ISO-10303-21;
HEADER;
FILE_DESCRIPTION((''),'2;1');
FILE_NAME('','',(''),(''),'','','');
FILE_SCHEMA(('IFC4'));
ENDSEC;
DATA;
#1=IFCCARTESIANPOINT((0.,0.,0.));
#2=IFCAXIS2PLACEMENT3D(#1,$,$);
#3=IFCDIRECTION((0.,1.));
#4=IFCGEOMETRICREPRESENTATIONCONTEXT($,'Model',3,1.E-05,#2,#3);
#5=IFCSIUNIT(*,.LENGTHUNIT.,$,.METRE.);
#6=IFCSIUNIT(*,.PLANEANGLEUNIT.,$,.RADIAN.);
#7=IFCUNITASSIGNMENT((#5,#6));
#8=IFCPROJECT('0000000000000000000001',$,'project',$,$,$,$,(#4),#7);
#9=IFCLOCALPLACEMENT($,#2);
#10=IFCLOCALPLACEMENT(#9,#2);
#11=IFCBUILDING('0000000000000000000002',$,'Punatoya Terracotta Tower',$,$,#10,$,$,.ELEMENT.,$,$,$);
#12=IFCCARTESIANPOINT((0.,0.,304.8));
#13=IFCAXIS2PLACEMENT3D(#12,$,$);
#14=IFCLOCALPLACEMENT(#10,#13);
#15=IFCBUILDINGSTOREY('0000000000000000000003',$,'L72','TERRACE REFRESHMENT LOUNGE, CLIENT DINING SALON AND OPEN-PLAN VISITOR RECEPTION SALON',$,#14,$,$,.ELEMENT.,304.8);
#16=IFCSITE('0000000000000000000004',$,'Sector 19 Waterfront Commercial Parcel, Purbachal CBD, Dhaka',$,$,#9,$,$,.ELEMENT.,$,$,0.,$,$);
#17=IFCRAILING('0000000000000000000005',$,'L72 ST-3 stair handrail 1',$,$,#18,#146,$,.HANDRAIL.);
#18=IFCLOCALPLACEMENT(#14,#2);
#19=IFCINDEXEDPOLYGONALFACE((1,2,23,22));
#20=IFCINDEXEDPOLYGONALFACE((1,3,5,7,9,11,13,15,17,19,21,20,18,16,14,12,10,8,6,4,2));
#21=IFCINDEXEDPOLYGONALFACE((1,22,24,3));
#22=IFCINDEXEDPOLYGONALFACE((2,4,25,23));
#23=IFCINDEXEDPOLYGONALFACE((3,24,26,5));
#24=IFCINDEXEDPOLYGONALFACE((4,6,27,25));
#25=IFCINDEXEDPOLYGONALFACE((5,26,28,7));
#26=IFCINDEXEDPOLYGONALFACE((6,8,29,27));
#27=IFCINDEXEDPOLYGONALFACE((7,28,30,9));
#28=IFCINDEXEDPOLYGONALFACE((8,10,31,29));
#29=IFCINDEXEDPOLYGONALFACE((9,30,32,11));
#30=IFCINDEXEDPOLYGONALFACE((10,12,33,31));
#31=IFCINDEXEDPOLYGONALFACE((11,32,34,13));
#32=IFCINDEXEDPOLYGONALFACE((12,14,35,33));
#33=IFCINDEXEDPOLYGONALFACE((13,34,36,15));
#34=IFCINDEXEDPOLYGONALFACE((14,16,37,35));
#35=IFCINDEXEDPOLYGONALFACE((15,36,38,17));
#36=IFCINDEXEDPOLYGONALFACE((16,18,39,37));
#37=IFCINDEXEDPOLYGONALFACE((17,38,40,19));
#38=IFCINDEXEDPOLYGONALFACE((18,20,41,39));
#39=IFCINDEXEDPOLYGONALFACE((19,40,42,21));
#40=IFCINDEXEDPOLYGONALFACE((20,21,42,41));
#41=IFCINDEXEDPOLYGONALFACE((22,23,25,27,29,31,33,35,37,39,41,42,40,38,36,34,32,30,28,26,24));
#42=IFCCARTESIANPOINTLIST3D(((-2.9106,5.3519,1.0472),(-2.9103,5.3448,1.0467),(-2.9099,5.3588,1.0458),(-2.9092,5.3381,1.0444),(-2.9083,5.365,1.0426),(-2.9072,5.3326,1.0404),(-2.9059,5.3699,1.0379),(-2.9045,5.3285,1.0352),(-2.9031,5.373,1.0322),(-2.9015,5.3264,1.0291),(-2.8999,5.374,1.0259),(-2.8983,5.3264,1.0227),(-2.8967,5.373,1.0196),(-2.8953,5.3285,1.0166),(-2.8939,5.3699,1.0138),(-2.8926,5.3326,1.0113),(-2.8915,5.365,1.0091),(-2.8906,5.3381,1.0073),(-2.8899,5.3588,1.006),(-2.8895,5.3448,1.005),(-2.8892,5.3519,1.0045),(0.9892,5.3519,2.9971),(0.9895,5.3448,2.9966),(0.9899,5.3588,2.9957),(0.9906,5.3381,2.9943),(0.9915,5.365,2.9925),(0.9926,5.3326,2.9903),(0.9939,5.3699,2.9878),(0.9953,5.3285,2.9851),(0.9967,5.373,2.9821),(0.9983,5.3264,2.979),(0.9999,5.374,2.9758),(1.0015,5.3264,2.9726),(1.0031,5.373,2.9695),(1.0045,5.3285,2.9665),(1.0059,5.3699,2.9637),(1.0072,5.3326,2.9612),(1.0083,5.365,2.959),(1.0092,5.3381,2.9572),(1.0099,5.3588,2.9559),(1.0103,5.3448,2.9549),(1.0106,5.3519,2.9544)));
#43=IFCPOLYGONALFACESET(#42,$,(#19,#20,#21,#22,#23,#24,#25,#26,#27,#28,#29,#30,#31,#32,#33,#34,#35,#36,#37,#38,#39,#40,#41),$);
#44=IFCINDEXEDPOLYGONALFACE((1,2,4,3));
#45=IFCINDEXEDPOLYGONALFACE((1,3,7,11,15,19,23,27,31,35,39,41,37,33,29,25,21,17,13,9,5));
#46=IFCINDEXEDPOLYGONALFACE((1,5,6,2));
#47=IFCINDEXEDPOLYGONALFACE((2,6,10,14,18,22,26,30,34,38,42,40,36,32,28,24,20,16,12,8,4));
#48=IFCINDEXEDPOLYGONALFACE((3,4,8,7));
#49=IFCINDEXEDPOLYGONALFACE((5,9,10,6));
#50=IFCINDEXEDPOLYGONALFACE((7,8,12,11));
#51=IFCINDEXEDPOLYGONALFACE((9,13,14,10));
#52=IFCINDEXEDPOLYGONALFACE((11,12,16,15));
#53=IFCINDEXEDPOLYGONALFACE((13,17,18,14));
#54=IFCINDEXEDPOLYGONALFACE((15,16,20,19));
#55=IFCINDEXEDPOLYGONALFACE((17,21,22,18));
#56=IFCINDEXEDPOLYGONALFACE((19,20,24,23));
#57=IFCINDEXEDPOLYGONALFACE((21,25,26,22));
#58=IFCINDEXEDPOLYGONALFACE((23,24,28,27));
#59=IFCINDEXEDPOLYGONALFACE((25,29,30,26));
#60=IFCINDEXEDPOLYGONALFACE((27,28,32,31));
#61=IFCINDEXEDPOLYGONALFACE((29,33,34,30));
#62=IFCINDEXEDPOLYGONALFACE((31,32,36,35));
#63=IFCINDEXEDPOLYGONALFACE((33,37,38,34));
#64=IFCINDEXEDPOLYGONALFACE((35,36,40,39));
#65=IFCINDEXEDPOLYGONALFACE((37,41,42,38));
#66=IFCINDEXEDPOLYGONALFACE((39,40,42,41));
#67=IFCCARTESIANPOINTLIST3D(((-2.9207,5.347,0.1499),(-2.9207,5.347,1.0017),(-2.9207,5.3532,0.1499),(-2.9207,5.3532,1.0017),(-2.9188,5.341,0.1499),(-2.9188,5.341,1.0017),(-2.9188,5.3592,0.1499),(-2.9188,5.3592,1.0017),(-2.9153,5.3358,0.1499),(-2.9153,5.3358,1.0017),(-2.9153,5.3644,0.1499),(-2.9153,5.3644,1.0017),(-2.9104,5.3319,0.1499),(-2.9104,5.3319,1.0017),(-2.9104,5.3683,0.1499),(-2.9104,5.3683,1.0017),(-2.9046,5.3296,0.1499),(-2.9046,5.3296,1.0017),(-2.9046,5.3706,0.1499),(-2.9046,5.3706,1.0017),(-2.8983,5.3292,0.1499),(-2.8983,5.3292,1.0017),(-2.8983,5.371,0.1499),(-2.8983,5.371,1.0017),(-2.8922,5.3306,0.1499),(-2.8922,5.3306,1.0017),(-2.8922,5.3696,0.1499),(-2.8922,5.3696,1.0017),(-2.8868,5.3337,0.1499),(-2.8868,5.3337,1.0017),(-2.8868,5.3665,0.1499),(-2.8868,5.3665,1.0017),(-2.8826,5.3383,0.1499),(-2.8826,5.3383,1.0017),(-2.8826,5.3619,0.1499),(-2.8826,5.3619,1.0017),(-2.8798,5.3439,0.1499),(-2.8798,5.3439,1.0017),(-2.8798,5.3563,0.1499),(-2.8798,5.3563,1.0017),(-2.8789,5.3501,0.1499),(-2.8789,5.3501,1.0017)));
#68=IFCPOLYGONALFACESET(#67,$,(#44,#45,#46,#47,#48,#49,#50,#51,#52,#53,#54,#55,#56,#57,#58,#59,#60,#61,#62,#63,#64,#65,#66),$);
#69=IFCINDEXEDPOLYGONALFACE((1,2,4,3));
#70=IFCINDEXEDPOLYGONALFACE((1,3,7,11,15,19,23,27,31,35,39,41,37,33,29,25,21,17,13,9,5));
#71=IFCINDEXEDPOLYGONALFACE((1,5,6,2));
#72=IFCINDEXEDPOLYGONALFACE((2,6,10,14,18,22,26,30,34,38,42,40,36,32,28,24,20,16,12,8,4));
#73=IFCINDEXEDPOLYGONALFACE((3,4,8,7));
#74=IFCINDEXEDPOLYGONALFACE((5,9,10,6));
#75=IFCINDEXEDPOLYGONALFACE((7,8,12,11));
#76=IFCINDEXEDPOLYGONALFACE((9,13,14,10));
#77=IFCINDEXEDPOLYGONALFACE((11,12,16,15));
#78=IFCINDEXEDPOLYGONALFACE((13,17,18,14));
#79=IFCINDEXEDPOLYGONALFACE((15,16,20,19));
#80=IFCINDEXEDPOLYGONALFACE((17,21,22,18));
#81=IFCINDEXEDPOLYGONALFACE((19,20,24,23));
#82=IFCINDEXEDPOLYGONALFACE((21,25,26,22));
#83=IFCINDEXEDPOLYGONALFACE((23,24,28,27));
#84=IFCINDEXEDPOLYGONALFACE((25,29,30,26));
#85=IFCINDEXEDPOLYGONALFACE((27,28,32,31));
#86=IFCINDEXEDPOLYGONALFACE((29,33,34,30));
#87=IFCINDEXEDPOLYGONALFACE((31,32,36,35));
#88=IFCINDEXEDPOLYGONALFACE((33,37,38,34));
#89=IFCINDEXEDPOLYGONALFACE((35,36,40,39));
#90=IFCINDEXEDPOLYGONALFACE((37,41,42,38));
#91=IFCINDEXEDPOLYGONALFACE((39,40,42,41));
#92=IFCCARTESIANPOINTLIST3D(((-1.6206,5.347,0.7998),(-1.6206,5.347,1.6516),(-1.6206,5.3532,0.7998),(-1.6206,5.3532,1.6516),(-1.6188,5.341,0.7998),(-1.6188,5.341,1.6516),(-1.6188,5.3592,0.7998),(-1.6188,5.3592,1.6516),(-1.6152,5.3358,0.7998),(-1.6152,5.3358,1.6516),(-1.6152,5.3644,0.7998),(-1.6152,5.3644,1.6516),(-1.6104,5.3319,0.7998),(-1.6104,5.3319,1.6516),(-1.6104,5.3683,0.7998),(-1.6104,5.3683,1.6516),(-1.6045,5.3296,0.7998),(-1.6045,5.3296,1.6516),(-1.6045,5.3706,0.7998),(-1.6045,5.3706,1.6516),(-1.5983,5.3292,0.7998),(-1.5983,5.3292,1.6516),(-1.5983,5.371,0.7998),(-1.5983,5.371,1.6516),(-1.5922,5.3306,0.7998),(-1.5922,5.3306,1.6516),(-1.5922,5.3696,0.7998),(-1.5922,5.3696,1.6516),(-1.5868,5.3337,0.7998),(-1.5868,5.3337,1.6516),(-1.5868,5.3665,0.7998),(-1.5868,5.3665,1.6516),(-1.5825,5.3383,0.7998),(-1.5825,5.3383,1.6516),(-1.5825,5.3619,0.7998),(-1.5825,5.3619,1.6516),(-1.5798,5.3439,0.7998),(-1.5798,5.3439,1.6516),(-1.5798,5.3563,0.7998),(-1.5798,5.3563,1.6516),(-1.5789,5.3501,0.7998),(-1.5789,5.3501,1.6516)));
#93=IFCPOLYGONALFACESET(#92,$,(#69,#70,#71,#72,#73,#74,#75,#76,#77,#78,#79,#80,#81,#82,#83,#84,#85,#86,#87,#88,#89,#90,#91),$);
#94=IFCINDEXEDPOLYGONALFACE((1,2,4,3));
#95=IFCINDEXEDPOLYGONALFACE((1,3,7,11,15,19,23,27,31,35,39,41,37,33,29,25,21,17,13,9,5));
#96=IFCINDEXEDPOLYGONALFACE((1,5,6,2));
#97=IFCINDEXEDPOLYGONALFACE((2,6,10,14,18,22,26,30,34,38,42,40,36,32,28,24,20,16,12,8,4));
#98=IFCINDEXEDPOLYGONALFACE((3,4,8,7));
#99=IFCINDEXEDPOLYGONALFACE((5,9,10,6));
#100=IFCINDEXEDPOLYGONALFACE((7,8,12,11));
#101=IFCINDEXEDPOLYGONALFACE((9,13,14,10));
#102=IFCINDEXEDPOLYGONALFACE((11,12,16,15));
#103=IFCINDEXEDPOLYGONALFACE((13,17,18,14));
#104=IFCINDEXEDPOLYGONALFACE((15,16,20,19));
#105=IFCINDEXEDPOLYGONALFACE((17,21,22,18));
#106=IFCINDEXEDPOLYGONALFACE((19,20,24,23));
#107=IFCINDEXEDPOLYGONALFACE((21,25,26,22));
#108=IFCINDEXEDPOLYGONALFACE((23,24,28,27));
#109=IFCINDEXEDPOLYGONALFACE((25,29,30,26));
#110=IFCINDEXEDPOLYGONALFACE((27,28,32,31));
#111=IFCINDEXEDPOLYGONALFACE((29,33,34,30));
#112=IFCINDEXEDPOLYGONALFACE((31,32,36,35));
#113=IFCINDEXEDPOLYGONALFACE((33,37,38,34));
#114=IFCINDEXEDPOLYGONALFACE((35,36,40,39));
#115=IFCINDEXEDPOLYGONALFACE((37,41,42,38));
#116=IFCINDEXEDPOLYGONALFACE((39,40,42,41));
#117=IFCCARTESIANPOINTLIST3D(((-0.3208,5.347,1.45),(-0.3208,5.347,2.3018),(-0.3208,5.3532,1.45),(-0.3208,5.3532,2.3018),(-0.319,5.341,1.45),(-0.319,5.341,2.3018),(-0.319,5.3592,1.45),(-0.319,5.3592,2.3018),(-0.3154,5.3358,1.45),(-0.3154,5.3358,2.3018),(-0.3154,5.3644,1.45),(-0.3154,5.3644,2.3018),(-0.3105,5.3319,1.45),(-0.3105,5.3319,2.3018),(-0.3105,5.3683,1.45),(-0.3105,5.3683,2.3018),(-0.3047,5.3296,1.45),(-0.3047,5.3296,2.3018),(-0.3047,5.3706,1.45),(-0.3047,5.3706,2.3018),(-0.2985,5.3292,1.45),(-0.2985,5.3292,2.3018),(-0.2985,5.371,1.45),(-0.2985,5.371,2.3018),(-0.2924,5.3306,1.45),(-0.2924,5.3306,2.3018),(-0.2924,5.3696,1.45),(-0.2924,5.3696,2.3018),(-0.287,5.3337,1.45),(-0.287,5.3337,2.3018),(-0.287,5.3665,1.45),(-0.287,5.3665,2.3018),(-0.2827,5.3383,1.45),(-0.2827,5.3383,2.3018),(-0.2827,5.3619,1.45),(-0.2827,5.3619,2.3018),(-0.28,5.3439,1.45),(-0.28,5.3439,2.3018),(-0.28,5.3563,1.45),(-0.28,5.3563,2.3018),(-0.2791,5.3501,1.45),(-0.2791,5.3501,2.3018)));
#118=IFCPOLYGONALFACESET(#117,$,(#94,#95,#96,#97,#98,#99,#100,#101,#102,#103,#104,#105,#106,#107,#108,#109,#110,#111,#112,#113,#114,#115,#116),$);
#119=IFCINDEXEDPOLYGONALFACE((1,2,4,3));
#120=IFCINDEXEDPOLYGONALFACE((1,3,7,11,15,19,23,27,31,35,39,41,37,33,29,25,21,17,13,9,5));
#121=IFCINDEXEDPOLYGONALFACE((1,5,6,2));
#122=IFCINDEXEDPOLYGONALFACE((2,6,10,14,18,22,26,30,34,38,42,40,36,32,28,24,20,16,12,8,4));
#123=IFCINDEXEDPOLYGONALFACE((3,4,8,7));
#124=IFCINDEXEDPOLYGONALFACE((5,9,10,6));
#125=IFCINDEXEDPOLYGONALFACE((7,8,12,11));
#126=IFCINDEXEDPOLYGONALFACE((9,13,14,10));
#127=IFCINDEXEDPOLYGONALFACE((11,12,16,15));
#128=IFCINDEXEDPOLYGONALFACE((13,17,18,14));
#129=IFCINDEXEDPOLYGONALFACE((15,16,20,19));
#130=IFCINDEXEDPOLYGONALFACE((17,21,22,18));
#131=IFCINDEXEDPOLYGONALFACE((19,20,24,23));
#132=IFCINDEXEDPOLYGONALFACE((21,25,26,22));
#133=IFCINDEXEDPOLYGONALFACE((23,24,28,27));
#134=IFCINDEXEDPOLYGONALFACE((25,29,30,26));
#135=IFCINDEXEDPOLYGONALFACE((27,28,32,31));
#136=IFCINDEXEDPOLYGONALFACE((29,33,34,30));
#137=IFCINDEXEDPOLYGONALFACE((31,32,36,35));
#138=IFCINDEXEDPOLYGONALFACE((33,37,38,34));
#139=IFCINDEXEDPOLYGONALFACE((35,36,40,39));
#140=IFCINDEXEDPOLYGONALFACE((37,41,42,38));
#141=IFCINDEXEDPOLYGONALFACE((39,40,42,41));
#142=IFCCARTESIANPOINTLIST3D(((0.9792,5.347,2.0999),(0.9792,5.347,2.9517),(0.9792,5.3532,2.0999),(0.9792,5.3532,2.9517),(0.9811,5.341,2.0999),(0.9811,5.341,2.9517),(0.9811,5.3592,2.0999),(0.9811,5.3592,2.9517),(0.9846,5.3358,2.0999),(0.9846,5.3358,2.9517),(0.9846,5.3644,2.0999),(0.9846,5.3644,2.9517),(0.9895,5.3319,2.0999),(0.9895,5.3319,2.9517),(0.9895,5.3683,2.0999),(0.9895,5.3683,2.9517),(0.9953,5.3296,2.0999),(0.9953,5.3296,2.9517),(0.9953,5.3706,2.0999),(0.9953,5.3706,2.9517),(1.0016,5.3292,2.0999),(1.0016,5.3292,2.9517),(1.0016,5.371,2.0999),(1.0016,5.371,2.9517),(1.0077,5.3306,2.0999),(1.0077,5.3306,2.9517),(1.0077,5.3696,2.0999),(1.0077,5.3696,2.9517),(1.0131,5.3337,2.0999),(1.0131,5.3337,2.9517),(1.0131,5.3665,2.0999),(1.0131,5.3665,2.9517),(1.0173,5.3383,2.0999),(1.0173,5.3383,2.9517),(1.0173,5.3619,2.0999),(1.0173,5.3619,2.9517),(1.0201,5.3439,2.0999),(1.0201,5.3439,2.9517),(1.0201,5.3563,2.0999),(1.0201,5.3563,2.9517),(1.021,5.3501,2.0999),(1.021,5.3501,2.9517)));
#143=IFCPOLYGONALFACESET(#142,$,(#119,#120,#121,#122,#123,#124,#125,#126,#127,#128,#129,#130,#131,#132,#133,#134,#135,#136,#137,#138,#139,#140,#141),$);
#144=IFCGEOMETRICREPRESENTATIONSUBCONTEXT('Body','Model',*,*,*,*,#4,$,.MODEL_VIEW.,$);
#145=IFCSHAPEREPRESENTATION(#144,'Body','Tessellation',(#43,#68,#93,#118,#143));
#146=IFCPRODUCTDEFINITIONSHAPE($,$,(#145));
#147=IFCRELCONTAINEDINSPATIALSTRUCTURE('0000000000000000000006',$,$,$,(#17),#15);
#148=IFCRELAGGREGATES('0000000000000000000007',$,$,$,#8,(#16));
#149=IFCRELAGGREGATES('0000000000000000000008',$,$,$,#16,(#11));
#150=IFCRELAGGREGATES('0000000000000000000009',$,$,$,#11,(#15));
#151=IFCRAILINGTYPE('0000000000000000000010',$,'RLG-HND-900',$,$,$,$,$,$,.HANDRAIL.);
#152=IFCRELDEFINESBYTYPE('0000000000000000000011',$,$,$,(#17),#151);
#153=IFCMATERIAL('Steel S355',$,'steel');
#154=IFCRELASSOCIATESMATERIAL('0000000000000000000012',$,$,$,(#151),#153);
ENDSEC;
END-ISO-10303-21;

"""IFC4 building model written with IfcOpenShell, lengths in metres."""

from ifc_helpers import new_model, si_unit, direction, frame, origin, origin_2d, place, context, subcontext, project, spatial, circle, extrude, material, type_object, element, save


model = new_model("IFC4")

# Units and contexts
model_context = context("Model", 3, precision=1e-05, world=origin(), true_north=direction((0.0, 1.0)))
body_context = subcontext(model_context, "Body", "Model", "MODEL_VIEW")
ifc_project = project(units=[si_unit("LENGTHUNIT", "METRE"), si_unit("PLANEANGLEUNIT", "RADIAN")], contexts=[model_context])

# Site, building, storey
site_placement = place(None, origin())
site = spatial("IfcSite", under=ifc_project, at=site_placement, Name="Sector 19 Waterfront Commercial Parcel, Purbachal CBD, Dhaka", CompositionType="ELEMENT", RefElevation=0.0)
building_placement = place(site_placement, origin())
building = spatial("IfcBuilding", under=site, at=building_placement, Name="Punatoya Terracotta Tower", CompositionType="ELEMENT")
storey_placement = place(building_placement, frame((0.0, 0.0, 304.8)))
storey = spatial("IfcBuildingStorey", under=building, at=storey_placement, Name="L72", Description="TERRACE REFRESHMENT LOUNGE, CLIENT DINING SALON AND OPEN-PLAN VISITOR RECEPTION SALON", CompositionType="ELEMENT", Elevation=304.8)

# Shared definitions
ifc_material_1 = material(Name="Steel S355", Category="steel")

# Railing
railing_type_1 = type_object("IfcRailingType", Name="RLG-HND-900", PredefinedType="HANDRAIL", material=ifc_material_1)
railing_1_placement = place(storey_placement, frame((-2.8999, 5.3501, 0.1499)))
element("IfcRailing", 1, at=railing_1_placement, inside=storey, type_object=railing_type_1, Name="L72 ST-3 stair handrail 1", PredefinedType="HANDRAIL", context=body_context, shape_type="SweptSolid", body=[
    extrude(circle(Radius=0.0239, at=origin_2d()), frame((0.0, 0.0, 0.876), z_axis=(0.894427, 0.0, 0.447214), x_axis=(0.0, 1.0, 0.0)), (0.0, 0.0, 1.0), 4.3601),
    extrude(circle(Radius=0.021, at=origin_2d()), origin(), (0.0, 0.0, 1.0), 0.8518),
    extrude(circle(Radius=0.021, at=origin_2d()), frame((1.3, 0.0, 0.6499)), (0.0, 0.0, 1.0), 0.8518),
    extrude(circle(Radius=0.021, at=origin_2d()), frame((2.5999, 0.0, 1.3)), (0.0, 0.0, 1.0), 0.8518),
    extrude(circle(Radius=0.021, at=origin_2d()), frame((3.8999, 0.0, 1.95)), (0.0, 0.0, 1.0), 0.8518),
])

save(model, "model.ifc")
